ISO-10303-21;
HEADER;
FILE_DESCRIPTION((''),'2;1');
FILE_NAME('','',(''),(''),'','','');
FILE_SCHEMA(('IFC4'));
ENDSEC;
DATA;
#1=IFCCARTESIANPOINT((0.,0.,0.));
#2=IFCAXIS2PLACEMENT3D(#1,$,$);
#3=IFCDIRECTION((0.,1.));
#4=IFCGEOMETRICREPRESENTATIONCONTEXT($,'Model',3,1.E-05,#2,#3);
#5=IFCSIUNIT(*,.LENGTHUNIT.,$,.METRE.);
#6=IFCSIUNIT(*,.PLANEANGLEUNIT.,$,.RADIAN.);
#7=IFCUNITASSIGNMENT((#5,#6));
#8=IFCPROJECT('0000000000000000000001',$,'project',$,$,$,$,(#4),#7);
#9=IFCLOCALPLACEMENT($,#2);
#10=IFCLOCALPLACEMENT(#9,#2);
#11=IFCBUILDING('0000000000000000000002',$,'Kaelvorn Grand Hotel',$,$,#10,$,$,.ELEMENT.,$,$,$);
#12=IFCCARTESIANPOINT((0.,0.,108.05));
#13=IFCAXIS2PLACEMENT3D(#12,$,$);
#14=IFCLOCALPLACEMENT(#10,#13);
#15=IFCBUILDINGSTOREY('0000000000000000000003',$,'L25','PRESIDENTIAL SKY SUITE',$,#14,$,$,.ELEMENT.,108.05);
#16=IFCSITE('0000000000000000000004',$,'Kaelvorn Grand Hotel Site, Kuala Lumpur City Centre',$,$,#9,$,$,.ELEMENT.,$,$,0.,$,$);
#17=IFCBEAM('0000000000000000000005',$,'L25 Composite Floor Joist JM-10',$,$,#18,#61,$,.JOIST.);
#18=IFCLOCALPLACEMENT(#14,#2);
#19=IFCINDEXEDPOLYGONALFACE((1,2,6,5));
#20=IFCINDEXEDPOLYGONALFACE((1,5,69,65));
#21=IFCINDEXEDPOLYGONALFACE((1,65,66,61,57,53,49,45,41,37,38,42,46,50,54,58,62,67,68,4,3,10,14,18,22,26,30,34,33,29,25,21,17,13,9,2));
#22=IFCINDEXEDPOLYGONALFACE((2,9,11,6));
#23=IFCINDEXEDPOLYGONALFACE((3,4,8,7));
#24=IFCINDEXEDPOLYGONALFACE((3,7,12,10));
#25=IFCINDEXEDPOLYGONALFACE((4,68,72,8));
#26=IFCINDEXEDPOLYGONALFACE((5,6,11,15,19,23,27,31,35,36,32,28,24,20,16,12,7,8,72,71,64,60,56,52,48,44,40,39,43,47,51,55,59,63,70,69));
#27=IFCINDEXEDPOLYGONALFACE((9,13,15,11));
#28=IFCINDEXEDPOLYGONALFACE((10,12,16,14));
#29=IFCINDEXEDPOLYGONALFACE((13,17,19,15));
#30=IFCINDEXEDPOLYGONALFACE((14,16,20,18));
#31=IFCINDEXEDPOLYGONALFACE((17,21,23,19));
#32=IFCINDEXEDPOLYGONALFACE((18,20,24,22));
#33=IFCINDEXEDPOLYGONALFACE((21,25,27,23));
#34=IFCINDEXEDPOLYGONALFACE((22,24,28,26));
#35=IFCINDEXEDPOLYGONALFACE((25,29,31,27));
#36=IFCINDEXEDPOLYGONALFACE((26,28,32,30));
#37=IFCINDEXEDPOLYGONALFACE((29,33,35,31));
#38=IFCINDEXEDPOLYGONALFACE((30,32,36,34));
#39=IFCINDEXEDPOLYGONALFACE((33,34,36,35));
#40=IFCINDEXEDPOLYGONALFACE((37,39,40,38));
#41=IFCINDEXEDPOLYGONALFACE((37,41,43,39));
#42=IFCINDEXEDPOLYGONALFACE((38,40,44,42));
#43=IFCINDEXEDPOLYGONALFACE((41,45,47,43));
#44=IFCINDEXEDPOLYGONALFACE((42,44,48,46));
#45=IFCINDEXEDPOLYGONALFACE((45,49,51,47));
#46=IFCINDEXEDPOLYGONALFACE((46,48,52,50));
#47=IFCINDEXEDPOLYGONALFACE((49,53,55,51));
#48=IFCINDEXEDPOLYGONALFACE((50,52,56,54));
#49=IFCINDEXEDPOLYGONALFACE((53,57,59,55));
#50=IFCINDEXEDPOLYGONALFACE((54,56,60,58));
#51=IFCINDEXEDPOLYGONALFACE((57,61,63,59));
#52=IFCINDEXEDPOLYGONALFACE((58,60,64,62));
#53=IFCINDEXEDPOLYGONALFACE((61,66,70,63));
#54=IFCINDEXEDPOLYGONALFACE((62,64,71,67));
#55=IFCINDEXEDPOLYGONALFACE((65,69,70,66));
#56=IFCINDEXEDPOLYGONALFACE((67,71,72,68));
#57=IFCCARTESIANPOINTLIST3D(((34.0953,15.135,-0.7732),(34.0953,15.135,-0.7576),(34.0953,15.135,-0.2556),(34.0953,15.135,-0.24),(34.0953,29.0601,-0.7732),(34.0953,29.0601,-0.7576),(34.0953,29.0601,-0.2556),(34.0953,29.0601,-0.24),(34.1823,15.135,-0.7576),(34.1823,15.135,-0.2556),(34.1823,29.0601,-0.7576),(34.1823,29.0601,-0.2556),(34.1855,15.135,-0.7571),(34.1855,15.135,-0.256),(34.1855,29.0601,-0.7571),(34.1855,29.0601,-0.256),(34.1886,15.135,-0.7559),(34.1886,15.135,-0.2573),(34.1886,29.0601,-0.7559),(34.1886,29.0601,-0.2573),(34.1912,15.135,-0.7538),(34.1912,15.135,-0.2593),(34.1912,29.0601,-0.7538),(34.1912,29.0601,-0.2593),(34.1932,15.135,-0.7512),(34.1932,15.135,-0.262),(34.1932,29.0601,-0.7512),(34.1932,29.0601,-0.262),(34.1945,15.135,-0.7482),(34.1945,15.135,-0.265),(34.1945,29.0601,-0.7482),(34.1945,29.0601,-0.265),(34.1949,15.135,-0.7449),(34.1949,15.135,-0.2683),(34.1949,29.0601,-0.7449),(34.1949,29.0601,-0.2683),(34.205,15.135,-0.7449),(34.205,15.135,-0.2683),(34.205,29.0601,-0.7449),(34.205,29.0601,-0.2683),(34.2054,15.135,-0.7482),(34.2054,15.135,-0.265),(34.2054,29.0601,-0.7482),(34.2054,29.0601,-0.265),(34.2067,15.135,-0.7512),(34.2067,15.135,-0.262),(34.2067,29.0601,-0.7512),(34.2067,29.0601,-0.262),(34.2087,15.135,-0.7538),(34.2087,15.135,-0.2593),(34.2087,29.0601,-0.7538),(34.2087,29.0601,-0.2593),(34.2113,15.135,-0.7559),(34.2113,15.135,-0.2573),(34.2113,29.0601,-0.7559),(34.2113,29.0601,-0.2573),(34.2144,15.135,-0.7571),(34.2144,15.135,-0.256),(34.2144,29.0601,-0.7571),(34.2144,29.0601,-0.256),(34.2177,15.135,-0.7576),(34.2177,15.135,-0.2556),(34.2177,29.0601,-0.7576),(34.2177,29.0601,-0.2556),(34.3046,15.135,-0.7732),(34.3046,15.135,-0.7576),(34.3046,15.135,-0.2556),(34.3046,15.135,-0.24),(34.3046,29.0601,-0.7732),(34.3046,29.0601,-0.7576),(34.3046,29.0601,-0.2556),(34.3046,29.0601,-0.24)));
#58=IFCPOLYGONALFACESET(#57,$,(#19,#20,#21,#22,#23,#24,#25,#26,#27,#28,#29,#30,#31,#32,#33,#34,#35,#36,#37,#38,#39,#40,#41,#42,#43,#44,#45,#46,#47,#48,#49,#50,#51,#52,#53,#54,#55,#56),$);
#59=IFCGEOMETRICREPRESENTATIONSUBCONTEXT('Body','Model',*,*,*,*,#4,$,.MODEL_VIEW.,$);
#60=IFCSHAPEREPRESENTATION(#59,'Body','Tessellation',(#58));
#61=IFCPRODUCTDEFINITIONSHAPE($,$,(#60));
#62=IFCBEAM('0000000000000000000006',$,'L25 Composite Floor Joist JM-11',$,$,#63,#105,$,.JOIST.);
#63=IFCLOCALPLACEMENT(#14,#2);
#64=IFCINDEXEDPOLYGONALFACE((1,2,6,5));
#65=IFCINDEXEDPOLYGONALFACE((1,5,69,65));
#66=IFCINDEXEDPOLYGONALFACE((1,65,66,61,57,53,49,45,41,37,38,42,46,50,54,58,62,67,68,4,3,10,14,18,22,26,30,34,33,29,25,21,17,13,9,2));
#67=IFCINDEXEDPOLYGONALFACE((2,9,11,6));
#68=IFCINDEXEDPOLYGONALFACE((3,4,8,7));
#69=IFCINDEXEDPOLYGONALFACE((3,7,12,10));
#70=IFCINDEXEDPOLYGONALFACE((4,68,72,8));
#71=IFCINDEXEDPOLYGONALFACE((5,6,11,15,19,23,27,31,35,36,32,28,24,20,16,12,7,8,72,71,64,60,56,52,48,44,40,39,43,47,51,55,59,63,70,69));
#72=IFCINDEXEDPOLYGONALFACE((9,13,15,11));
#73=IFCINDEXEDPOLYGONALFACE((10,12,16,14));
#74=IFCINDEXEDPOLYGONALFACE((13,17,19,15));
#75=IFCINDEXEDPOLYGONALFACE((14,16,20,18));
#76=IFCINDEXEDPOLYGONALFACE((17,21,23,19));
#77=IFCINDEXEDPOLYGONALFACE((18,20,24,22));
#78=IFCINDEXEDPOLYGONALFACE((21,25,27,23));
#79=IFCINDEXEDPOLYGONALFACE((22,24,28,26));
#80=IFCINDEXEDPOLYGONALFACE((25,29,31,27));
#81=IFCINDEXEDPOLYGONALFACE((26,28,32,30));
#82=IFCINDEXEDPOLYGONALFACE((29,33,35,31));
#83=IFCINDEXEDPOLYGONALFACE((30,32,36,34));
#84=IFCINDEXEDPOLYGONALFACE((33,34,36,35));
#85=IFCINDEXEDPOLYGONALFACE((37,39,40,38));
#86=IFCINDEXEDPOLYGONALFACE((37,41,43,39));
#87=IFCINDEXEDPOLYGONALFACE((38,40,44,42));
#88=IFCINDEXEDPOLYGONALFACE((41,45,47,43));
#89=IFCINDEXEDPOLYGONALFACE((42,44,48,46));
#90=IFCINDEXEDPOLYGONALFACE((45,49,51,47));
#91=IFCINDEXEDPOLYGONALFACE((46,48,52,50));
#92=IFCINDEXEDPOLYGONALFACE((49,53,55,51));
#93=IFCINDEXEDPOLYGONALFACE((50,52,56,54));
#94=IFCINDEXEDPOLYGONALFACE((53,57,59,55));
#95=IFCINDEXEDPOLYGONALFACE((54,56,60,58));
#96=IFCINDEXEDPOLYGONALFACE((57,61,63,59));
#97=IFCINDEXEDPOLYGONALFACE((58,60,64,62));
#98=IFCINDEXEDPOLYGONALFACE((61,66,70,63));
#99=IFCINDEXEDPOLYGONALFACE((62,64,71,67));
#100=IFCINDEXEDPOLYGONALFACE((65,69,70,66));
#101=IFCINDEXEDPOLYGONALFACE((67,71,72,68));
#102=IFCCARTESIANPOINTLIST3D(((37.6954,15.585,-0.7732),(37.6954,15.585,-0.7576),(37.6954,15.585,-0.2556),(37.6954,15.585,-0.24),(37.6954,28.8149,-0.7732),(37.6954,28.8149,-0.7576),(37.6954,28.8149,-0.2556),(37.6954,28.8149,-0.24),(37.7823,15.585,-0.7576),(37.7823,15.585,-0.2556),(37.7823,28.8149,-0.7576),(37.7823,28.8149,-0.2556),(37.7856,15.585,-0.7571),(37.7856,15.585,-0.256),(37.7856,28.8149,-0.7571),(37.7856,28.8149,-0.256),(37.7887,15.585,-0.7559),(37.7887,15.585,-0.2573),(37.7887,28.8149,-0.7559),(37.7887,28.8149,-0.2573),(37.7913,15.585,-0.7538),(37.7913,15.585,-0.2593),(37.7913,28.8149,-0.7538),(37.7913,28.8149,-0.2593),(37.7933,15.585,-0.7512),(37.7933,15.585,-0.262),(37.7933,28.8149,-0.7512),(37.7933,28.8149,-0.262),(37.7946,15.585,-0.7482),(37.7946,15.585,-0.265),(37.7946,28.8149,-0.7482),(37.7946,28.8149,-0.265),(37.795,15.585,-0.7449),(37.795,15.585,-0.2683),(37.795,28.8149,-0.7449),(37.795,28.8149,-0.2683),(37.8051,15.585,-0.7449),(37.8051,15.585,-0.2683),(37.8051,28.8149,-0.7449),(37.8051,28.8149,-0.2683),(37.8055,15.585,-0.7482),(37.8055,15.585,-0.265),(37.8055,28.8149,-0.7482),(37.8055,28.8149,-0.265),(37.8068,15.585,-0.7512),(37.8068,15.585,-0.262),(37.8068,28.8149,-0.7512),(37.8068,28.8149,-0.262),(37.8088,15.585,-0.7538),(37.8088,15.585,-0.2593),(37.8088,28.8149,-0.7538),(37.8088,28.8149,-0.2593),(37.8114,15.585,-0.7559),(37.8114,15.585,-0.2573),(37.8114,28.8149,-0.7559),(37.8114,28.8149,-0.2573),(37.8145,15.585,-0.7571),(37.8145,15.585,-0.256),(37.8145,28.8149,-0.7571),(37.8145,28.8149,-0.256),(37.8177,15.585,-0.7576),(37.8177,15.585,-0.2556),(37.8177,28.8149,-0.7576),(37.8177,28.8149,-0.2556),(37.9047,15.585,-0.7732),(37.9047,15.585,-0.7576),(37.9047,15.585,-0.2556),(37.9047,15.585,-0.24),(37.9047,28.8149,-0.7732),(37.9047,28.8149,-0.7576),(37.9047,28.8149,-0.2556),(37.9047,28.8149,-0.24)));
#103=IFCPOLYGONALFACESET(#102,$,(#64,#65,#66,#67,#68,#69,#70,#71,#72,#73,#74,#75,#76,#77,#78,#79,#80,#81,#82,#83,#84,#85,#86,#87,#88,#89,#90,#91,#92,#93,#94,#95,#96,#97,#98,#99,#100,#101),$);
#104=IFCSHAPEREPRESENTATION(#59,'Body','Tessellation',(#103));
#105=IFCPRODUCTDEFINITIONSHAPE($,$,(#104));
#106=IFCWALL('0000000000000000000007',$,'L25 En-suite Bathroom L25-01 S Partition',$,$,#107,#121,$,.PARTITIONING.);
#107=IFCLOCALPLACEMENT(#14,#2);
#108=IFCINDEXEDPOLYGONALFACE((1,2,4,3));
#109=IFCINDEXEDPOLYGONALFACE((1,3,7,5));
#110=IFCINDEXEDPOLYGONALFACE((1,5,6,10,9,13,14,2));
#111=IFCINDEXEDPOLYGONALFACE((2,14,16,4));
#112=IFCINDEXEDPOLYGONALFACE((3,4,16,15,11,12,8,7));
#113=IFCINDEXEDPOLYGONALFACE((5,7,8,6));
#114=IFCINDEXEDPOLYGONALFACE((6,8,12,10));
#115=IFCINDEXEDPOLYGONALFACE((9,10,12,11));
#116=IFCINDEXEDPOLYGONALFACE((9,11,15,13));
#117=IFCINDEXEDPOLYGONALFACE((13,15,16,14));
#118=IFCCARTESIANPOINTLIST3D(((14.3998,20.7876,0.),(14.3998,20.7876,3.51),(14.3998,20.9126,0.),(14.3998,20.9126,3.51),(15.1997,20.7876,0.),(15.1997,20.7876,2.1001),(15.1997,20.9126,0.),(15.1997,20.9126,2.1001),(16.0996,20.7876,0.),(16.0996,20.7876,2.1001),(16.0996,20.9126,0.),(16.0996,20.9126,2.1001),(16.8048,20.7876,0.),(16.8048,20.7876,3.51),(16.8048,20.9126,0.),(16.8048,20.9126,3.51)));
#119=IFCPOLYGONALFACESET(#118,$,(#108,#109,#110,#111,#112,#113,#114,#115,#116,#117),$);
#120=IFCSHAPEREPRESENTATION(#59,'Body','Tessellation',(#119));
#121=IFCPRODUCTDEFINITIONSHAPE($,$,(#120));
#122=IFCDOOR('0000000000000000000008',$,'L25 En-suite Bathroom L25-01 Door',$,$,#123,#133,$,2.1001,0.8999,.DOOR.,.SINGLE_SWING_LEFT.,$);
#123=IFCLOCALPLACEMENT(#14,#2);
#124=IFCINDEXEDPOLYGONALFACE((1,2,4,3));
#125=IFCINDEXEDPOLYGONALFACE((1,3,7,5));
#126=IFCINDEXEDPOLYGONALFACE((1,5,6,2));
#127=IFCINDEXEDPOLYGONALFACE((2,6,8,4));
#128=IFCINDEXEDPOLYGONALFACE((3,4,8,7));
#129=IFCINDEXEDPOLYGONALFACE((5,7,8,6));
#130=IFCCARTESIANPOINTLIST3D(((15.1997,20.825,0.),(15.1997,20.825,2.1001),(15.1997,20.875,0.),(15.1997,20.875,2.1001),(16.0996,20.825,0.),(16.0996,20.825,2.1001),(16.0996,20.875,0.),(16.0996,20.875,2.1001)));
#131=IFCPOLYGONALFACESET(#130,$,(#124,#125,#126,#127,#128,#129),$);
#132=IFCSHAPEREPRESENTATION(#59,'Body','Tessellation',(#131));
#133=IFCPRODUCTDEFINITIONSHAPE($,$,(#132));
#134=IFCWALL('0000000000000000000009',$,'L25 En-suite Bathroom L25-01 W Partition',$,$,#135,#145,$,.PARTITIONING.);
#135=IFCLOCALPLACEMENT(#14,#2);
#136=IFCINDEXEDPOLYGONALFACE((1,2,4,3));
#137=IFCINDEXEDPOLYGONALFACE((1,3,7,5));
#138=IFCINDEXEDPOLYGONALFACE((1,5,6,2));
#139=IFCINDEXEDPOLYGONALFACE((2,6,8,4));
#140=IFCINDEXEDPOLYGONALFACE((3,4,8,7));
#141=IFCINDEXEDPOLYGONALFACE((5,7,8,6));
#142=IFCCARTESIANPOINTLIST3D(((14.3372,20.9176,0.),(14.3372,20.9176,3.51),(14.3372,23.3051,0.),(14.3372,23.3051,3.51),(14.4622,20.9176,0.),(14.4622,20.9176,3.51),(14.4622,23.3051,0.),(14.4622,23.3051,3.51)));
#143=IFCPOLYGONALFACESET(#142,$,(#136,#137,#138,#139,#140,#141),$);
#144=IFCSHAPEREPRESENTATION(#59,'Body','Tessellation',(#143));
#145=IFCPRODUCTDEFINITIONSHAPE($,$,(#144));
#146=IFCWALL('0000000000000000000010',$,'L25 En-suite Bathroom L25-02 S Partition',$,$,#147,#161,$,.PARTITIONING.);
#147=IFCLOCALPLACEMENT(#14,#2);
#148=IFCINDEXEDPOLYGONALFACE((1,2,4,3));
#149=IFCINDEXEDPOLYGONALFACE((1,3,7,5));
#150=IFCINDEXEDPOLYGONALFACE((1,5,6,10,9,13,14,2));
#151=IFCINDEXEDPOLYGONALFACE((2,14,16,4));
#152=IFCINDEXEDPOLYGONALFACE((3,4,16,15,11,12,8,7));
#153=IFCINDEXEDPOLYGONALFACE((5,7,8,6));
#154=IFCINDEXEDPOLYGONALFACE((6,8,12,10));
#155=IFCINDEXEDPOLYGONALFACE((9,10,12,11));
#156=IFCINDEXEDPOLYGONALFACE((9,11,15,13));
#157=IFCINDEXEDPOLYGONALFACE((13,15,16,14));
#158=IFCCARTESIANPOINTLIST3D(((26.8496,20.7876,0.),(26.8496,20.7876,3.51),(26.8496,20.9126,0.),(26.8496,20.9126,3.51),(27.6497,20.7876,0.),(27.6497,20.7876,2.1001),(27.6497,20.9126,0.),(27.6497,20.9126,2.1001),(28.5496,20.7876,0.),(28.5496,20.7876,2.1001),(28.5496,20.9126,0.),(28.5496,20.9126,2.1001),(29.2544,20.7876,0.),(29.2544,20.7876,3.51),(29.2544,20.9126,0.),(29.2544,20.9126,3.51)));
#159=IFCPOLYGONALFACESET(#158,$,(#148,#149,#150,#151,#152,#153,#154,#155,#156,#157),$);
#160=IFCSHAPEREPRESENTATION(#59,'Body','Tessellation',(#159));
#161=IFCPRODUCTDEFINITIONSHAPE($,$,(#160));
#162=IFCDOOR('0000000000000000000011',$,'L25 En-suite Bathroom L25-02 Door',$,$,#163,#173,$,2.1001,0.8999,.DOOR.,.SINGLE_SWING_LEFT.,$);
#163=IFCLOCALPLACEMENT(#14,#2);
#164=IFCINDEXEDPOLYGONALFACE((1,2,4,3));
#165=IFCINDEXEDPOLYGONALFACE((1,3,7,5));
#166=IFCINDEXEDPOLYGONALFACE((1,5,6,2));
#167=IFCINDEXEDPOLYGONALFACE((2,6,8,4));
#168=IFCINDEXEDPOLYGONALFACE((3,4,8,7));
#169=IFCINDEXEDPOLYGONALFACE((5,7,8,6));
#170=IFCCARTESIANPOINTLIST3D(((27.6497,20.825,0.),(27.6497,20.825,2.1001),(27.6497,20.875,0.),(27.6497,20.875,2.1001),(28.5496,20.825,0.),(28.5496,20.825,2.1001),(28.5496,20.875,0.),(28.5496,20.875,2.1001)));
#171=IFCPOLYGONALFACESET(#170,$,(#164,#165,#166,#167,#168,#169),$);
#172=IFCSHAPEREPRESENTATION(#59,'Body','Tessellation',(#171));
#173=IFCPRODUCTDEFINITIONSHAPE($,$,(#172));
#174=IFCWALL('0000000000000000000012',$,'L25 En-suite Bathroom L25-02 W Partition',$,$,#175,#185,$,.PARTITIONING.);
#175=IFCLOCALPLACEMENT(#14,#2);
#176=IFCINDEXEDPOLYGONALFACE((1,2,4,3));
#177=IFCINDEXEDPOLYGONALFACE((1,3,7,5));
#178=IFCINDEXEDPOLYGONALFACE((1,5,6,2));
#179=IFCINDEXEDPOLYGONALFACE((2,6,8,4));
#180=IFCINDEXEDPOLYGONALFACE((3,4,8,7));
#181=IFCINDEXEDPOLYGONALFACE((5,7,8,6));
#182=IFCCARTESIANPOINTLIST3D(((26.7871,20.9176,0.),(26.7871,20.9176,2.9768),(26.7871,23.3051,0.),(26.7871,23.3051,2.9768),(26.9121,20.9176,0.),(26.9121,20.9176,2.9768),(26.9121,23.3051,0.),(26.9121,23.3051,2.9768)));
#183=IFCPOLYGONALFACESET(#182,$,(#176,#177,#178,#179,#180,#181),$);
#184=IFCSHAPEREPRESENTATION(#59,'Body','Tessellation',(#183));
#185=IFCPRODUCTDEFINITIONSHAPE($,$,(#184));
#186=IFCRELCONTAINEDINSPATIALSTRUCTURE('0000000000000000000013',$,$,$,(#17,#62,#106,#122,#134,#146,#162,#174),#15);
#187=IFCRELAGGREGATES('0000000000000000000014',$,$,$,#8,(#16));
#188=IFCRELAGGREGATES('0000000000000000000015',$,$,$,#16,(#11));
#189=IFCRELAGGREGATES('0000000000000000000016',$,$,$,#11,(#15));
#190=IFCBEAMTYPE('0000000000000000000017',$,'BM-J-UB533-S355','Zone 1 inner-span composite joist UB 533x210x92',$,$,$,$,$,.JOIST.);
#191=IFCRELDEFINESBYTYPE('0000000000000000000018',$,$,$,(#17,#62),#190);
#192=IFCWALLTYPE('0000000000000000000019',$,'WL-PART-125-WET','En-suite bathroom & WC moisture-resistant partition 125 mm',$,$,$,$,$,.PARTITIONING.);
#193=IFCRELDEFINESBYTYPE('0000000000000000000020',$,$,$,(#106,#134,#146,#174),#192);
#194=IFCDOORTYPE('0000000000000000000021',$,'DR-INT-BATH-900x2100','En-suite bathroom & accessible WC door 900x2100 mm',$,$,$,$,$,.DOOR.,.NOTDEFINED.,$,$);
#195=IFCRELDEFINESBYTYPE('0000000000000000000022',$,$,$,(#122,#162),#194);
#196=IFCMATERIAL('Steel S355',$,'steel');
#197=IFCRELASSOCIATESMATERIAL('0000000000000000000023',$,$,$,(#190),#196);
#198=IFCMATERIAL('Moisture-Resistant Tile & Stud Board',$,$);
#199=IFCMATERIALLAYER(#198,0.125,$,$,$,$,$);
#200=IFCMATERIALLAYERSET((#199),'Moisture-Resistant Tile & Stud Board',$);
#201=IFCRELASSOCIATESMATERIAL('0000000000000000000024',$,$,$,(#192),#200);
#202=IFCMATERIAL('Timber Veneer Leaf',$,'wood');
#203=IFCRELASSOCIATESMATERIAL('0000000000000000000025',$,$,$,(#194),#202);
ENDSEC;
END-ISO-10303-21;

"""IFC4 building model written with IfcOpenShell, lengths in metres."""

from ifc_helpers import new_model, si_unit, direction, frame, frame_2d, origin, origin_2d, place, context, subcontext, project, spatial, rectangle, i_section, extrude, material, layer, layer_set, material_profile, profile_set, type_object, element, fill, save


model = new_model("IFC4")

# Units and contexts
model_context = context("Model", 3, precision=1e-05, world=origin(), true_north=direction((0.0, 1.0)))
body_context = subcontext(model_context, "Body", "Model", "MODEL_VIEW")
ifc_project = project(units=[si_unit("LENGTHUNIT", "METRE"), si_unit("PLANEANGLEUNIT", "RADIAN")], contexts=[model_context])

# Site, building, storey
site_placement = place(None, origin())
site = spatial("IfcSite", under=ifc_project, at=site_placement, Name="Kaelvorn Grand Hotel Site, Kuala Lumpur City Centre", CompositionType="ELEMENT", RefElevation=0.0)
building_placement = place(site_placement, origin())
building = spatial("IfcBuilding", under=site, at=building_placement, Name="Kaelvorn Grand Hotel", CompositionType="ELEMENT")
storey_placement = place(building_placement, frame((0.0, 0.0, 108.05)))
storey = spatial("IfcBuildingStorey", under=building, at=storey_placement, Name="L25", Description="PRESIDENTIAL SKY SUITE", CompositionType="ELEMENT", Elevation=108.05)

# Beams
ifc_material_1 = material(Name="Steel S355", Category="steel")
ifc_material_profile_1 = material_profile(ifc_material_1, i_section(OverallWidth=0.2092, OverallDepth=0.5332, WebThickness=0.01, FlangeThickness=0.0156, FilletRadius=0.0127, at=origin_2d()), Name="UB 533x210x92")
ifc_profile_set_1 = profile_set([ifc_material_profile_1], Name="Steel S355")
beam_type_1 = type_object("IfcBeamType", Name="BM-J-UB533-S355", Description="Zone 1 inner-span composite joist UB 533x210x92", PredefinedType="JOIST", material=ifc_profile_set_1)
beam_1_placement = place(storey_placement, frame((34.2, 15.135, -0.5066), z_axis=(0.0, 1.0, 0.0), x_axis=(-1.0, 0.0, 0.0)))
element("IfcBeam", 1, at=beam_1_placement, inside=storey, type_object=beam_type_1, Name="L25 Composite Floor Joist JM-10", PredefinedType="JOIST", context=body_context, shape_type="SweptSolid", body=[
    extrude(i_section(OverallWidth=0.2092, OverallDepth=0.5332, WebThickness=0.01, FlangeThickness=0.0156, FilletRadius=0.0127, at=origin_2d()), origin(), (0.0, 0.0, 1.0), 13.925),
])
beam_2_placement = place(storey_placement, frame((37.8, 15.585, -0.5066), z_axis=(0.0, 1.0, 0.0), x_axis=(-1.0, 0.0, 0.0)))
element("IfcBeam", 2, at=beam_2_placement, inside=storey, type_object=beam_type_1, Name="L25 Composite Floor Joist JM-11", PredefinedType="JOIST", context=body_context, shape_type="SweptSolid", body=[
    extrude(i_section(OverallWidth=0.2092, OverallDepth=0.5332, WebThickness=0.01, FlangeThickness=0.0156, FilletRadius=0.0127, at=origin_2d()), origin(), (0.0, 0.0, 1.0), 13.23),
])

# Wall, opening, door
ifc_material_2 = material(Name="Moisture-Resistant Tile & Stud Board")
ifc_layer_1 = layer(ifc_material_2, 0.125)
ifc_layer_set_1 = layer_set([ifc_layer_1], Name="Moisture-Resistant Tile & Stud Board")
wall_type_1 = type_object("IfcWallType", Name="WL-PART-125-WET", Description="En-suite bathroom & WC moisture-resistant partition 125 mm", PredefinedType="PARTITIONING", material=ifc_layer_set_1)
wall_1_placement = place(storey_placement, frame((14.3997, 20.8501, 0.0), z_axis=(0.0, 0.0, 1.0), x_axis=(1.0, 0.0, 0.0)))
wall_1 = element("IfcWall", 3, at=wall_1_placement, inside=storey, type_object=wall_type_1, Name="L25 En-suite Bathroom L25-01 S Partition", PredefinedType="PARTITIONING", context=body_context, shape_type="SweptSolid", body=[
    extrude(rectangle(XDim=2.405, YDim=0.125, at=frame_2d((1.2026, 0.0))), origin(), (0.0, 0.0, 1.0), 3.51),
])
opening_1_placement = place(wall_1_placement, frame((0.8, 0.0, 0.0)))
opening_1 = element("IfcOpeningElement", 4, at=opening_1_placement, cuts=wall_1, PredefinedType="OPENING", context=body_context, shape_type="SweptSolid", body=[
    extrude(rectangle(XDim=0.8999, YDim=2.1001, at=frame_2d((0.45, 1.05))), frame((0.0, 0.0725, 0.0), z_axis=(0.0, -1.0, 0.0), x_axis=(1.0, 0.0, 0.0)), (0.0, 0.0, 1.0), 0.145),
])
ifc_material_3 = material(Name="Timber Veneer Leaf", Category="wood")
door_type_1 = type_object("IfcDoorType", Name="DR-INT-BATH-900x2100", Description="En-suite bathroom & accessible WC door 900x2100 mm", OperationType="NOTDEFINED", PredefinedType="DOOR", material=ifc_material_3)
door_1_placement = place(opening_1_placement, origin())
door_1 = element("IfcDoor", 5, at=door_1_placement, inside=storey, type_object=door_type_1, Name="L25 En-suite Bathroom L25-01 Door", OperationType="SINGLE_SWING_LEFT", OverallHeight=2.1001, OverallWidth=0.8999, PredefinedType="DOOR", context=body_context, shape_type="SweptSolid", body=[
    extrude(rectangle(XDim=0.8999, YDim=2.1001, at=frame_2d((0.45, 1.05))), frame((0.0, 0.0249, 0.0), z_axis=(0.0, -1.0, 0.0), x_axis=(1.0, 0.0, 0.0)), (0.0, 0.0, 1.0), 0.05),
])
fill(opening_1, door_1)

# Wall
wall_2_placement = place(storey_placement, frame((14.3997, 20.9175, 0.0), z_axis=(0.0, 0.0, 1.0), x_axis=(0.0, 1.0, 0.0)))
element("IfcWall", 6, at=wall_2_placement, inside=storey, type_object=wall_type_1, Name="L25 En-suite Bathroom L25-01 W Partition", PredefinedType="PARTITIONING", context=body_context, shape_type="SweptSolid", body=[
    extrude(rectangle(XDim=2.3875, YDim=0.125, at=frame_2d((1.1938, 0.0))), origin(), (0.0, 0.0, 1.0), 3.51),
])

# Wall, opening, door
wall_3_placement = place(storey_placement, frame((26.8496, 20.8501, 0.0), z_axis=(0.0, 0.0, 1.0), x_axis=(1.0, 0.0, 0.0)))
wall_3 = element("IfcWall", 7, at=wall_3_placement, inside=storey, type_object=wall_type_1, Name="L25 En-suite Bathroom L25-02 S Partition", PredefinedType="PARTITIONING", context=body_context, shape_type="SweptSolid", body=[
    extrude(rectangle(XDim=2.4048, YDim=0.125, at=frame_2d((1.2024, 0.0))), origin(), (0.0, 0.0, 1.0), 3.51),
])
opening_2_placement = place(wall_3_placement, frame((0.8, 0.0, 0.0)))
opening_2 = element("IfcOpeningElement", 8, at=opening_2_placement, cuts=wall_3, PredefinedType="OPENING", context=body_context, shape_type="SweptSolid", body=[
    extrude(rectangle(XDim=0.8999, YDim=2.1001, at=frame_2d((0.45, 1.05))), frame((0.0, 0.0725, 0.0), z_axis=(0.0, -1.0, 0.0), x_axis=(1.0, 0.0, 0.0)), (0.0, 0.0, 1.0), 0.145),
])
door_2_placement = place(opening_2_placement, origin())
door_2 = element("IfcDoor", 9, at=door_2_placement, inside=storey, type_object=door_type_1, Name="L25 En-suite Bathroom L25-02 Door", OperationType="SINGLE_SWING_LEFT", OverallHeight=2.1001, OverallWidth=0.8999, PredefinedType="DOOR", context=body_context, shape_type="SweptSolid", body=[
    extrude(rectangle(XDim=0.8999, YDim=2.1001, at=frame_2d((0.45, 1.05))), frame((0.0, 0.0249, 0.0), z_axis=(0.0, -1.0, 0.0), x_axis=(1.0, 0.0, 0.0)), (0.0, 0.0, 1.0), 0.05),
])
fill(opening_2, door_2)

# Wall
wall_4_placement = place(storey_placement, frame((26.8496, 20.9175, 0.0), z_axis=(0.0, 0.0, 1.0), x_axis=(0.0, 1.0, 0.0)))
element("IfcWall", 10, at=wall_4_placement, inside=storey, type_object=wall_type_1, Name="L25 En-suite Bathroom L25-02 W Partition", PredefinedType="PARTITIONING", context=body_context, shape_type="SweptSolid", body=[
    extrude(rectangle(XDim=2.3875, YDim=0.125, at=frame_2d((1.1938, 0.0))), origin(), (0.0, 0.0, 1.0), 2.9768),
])

save(model, "model.ifc")
